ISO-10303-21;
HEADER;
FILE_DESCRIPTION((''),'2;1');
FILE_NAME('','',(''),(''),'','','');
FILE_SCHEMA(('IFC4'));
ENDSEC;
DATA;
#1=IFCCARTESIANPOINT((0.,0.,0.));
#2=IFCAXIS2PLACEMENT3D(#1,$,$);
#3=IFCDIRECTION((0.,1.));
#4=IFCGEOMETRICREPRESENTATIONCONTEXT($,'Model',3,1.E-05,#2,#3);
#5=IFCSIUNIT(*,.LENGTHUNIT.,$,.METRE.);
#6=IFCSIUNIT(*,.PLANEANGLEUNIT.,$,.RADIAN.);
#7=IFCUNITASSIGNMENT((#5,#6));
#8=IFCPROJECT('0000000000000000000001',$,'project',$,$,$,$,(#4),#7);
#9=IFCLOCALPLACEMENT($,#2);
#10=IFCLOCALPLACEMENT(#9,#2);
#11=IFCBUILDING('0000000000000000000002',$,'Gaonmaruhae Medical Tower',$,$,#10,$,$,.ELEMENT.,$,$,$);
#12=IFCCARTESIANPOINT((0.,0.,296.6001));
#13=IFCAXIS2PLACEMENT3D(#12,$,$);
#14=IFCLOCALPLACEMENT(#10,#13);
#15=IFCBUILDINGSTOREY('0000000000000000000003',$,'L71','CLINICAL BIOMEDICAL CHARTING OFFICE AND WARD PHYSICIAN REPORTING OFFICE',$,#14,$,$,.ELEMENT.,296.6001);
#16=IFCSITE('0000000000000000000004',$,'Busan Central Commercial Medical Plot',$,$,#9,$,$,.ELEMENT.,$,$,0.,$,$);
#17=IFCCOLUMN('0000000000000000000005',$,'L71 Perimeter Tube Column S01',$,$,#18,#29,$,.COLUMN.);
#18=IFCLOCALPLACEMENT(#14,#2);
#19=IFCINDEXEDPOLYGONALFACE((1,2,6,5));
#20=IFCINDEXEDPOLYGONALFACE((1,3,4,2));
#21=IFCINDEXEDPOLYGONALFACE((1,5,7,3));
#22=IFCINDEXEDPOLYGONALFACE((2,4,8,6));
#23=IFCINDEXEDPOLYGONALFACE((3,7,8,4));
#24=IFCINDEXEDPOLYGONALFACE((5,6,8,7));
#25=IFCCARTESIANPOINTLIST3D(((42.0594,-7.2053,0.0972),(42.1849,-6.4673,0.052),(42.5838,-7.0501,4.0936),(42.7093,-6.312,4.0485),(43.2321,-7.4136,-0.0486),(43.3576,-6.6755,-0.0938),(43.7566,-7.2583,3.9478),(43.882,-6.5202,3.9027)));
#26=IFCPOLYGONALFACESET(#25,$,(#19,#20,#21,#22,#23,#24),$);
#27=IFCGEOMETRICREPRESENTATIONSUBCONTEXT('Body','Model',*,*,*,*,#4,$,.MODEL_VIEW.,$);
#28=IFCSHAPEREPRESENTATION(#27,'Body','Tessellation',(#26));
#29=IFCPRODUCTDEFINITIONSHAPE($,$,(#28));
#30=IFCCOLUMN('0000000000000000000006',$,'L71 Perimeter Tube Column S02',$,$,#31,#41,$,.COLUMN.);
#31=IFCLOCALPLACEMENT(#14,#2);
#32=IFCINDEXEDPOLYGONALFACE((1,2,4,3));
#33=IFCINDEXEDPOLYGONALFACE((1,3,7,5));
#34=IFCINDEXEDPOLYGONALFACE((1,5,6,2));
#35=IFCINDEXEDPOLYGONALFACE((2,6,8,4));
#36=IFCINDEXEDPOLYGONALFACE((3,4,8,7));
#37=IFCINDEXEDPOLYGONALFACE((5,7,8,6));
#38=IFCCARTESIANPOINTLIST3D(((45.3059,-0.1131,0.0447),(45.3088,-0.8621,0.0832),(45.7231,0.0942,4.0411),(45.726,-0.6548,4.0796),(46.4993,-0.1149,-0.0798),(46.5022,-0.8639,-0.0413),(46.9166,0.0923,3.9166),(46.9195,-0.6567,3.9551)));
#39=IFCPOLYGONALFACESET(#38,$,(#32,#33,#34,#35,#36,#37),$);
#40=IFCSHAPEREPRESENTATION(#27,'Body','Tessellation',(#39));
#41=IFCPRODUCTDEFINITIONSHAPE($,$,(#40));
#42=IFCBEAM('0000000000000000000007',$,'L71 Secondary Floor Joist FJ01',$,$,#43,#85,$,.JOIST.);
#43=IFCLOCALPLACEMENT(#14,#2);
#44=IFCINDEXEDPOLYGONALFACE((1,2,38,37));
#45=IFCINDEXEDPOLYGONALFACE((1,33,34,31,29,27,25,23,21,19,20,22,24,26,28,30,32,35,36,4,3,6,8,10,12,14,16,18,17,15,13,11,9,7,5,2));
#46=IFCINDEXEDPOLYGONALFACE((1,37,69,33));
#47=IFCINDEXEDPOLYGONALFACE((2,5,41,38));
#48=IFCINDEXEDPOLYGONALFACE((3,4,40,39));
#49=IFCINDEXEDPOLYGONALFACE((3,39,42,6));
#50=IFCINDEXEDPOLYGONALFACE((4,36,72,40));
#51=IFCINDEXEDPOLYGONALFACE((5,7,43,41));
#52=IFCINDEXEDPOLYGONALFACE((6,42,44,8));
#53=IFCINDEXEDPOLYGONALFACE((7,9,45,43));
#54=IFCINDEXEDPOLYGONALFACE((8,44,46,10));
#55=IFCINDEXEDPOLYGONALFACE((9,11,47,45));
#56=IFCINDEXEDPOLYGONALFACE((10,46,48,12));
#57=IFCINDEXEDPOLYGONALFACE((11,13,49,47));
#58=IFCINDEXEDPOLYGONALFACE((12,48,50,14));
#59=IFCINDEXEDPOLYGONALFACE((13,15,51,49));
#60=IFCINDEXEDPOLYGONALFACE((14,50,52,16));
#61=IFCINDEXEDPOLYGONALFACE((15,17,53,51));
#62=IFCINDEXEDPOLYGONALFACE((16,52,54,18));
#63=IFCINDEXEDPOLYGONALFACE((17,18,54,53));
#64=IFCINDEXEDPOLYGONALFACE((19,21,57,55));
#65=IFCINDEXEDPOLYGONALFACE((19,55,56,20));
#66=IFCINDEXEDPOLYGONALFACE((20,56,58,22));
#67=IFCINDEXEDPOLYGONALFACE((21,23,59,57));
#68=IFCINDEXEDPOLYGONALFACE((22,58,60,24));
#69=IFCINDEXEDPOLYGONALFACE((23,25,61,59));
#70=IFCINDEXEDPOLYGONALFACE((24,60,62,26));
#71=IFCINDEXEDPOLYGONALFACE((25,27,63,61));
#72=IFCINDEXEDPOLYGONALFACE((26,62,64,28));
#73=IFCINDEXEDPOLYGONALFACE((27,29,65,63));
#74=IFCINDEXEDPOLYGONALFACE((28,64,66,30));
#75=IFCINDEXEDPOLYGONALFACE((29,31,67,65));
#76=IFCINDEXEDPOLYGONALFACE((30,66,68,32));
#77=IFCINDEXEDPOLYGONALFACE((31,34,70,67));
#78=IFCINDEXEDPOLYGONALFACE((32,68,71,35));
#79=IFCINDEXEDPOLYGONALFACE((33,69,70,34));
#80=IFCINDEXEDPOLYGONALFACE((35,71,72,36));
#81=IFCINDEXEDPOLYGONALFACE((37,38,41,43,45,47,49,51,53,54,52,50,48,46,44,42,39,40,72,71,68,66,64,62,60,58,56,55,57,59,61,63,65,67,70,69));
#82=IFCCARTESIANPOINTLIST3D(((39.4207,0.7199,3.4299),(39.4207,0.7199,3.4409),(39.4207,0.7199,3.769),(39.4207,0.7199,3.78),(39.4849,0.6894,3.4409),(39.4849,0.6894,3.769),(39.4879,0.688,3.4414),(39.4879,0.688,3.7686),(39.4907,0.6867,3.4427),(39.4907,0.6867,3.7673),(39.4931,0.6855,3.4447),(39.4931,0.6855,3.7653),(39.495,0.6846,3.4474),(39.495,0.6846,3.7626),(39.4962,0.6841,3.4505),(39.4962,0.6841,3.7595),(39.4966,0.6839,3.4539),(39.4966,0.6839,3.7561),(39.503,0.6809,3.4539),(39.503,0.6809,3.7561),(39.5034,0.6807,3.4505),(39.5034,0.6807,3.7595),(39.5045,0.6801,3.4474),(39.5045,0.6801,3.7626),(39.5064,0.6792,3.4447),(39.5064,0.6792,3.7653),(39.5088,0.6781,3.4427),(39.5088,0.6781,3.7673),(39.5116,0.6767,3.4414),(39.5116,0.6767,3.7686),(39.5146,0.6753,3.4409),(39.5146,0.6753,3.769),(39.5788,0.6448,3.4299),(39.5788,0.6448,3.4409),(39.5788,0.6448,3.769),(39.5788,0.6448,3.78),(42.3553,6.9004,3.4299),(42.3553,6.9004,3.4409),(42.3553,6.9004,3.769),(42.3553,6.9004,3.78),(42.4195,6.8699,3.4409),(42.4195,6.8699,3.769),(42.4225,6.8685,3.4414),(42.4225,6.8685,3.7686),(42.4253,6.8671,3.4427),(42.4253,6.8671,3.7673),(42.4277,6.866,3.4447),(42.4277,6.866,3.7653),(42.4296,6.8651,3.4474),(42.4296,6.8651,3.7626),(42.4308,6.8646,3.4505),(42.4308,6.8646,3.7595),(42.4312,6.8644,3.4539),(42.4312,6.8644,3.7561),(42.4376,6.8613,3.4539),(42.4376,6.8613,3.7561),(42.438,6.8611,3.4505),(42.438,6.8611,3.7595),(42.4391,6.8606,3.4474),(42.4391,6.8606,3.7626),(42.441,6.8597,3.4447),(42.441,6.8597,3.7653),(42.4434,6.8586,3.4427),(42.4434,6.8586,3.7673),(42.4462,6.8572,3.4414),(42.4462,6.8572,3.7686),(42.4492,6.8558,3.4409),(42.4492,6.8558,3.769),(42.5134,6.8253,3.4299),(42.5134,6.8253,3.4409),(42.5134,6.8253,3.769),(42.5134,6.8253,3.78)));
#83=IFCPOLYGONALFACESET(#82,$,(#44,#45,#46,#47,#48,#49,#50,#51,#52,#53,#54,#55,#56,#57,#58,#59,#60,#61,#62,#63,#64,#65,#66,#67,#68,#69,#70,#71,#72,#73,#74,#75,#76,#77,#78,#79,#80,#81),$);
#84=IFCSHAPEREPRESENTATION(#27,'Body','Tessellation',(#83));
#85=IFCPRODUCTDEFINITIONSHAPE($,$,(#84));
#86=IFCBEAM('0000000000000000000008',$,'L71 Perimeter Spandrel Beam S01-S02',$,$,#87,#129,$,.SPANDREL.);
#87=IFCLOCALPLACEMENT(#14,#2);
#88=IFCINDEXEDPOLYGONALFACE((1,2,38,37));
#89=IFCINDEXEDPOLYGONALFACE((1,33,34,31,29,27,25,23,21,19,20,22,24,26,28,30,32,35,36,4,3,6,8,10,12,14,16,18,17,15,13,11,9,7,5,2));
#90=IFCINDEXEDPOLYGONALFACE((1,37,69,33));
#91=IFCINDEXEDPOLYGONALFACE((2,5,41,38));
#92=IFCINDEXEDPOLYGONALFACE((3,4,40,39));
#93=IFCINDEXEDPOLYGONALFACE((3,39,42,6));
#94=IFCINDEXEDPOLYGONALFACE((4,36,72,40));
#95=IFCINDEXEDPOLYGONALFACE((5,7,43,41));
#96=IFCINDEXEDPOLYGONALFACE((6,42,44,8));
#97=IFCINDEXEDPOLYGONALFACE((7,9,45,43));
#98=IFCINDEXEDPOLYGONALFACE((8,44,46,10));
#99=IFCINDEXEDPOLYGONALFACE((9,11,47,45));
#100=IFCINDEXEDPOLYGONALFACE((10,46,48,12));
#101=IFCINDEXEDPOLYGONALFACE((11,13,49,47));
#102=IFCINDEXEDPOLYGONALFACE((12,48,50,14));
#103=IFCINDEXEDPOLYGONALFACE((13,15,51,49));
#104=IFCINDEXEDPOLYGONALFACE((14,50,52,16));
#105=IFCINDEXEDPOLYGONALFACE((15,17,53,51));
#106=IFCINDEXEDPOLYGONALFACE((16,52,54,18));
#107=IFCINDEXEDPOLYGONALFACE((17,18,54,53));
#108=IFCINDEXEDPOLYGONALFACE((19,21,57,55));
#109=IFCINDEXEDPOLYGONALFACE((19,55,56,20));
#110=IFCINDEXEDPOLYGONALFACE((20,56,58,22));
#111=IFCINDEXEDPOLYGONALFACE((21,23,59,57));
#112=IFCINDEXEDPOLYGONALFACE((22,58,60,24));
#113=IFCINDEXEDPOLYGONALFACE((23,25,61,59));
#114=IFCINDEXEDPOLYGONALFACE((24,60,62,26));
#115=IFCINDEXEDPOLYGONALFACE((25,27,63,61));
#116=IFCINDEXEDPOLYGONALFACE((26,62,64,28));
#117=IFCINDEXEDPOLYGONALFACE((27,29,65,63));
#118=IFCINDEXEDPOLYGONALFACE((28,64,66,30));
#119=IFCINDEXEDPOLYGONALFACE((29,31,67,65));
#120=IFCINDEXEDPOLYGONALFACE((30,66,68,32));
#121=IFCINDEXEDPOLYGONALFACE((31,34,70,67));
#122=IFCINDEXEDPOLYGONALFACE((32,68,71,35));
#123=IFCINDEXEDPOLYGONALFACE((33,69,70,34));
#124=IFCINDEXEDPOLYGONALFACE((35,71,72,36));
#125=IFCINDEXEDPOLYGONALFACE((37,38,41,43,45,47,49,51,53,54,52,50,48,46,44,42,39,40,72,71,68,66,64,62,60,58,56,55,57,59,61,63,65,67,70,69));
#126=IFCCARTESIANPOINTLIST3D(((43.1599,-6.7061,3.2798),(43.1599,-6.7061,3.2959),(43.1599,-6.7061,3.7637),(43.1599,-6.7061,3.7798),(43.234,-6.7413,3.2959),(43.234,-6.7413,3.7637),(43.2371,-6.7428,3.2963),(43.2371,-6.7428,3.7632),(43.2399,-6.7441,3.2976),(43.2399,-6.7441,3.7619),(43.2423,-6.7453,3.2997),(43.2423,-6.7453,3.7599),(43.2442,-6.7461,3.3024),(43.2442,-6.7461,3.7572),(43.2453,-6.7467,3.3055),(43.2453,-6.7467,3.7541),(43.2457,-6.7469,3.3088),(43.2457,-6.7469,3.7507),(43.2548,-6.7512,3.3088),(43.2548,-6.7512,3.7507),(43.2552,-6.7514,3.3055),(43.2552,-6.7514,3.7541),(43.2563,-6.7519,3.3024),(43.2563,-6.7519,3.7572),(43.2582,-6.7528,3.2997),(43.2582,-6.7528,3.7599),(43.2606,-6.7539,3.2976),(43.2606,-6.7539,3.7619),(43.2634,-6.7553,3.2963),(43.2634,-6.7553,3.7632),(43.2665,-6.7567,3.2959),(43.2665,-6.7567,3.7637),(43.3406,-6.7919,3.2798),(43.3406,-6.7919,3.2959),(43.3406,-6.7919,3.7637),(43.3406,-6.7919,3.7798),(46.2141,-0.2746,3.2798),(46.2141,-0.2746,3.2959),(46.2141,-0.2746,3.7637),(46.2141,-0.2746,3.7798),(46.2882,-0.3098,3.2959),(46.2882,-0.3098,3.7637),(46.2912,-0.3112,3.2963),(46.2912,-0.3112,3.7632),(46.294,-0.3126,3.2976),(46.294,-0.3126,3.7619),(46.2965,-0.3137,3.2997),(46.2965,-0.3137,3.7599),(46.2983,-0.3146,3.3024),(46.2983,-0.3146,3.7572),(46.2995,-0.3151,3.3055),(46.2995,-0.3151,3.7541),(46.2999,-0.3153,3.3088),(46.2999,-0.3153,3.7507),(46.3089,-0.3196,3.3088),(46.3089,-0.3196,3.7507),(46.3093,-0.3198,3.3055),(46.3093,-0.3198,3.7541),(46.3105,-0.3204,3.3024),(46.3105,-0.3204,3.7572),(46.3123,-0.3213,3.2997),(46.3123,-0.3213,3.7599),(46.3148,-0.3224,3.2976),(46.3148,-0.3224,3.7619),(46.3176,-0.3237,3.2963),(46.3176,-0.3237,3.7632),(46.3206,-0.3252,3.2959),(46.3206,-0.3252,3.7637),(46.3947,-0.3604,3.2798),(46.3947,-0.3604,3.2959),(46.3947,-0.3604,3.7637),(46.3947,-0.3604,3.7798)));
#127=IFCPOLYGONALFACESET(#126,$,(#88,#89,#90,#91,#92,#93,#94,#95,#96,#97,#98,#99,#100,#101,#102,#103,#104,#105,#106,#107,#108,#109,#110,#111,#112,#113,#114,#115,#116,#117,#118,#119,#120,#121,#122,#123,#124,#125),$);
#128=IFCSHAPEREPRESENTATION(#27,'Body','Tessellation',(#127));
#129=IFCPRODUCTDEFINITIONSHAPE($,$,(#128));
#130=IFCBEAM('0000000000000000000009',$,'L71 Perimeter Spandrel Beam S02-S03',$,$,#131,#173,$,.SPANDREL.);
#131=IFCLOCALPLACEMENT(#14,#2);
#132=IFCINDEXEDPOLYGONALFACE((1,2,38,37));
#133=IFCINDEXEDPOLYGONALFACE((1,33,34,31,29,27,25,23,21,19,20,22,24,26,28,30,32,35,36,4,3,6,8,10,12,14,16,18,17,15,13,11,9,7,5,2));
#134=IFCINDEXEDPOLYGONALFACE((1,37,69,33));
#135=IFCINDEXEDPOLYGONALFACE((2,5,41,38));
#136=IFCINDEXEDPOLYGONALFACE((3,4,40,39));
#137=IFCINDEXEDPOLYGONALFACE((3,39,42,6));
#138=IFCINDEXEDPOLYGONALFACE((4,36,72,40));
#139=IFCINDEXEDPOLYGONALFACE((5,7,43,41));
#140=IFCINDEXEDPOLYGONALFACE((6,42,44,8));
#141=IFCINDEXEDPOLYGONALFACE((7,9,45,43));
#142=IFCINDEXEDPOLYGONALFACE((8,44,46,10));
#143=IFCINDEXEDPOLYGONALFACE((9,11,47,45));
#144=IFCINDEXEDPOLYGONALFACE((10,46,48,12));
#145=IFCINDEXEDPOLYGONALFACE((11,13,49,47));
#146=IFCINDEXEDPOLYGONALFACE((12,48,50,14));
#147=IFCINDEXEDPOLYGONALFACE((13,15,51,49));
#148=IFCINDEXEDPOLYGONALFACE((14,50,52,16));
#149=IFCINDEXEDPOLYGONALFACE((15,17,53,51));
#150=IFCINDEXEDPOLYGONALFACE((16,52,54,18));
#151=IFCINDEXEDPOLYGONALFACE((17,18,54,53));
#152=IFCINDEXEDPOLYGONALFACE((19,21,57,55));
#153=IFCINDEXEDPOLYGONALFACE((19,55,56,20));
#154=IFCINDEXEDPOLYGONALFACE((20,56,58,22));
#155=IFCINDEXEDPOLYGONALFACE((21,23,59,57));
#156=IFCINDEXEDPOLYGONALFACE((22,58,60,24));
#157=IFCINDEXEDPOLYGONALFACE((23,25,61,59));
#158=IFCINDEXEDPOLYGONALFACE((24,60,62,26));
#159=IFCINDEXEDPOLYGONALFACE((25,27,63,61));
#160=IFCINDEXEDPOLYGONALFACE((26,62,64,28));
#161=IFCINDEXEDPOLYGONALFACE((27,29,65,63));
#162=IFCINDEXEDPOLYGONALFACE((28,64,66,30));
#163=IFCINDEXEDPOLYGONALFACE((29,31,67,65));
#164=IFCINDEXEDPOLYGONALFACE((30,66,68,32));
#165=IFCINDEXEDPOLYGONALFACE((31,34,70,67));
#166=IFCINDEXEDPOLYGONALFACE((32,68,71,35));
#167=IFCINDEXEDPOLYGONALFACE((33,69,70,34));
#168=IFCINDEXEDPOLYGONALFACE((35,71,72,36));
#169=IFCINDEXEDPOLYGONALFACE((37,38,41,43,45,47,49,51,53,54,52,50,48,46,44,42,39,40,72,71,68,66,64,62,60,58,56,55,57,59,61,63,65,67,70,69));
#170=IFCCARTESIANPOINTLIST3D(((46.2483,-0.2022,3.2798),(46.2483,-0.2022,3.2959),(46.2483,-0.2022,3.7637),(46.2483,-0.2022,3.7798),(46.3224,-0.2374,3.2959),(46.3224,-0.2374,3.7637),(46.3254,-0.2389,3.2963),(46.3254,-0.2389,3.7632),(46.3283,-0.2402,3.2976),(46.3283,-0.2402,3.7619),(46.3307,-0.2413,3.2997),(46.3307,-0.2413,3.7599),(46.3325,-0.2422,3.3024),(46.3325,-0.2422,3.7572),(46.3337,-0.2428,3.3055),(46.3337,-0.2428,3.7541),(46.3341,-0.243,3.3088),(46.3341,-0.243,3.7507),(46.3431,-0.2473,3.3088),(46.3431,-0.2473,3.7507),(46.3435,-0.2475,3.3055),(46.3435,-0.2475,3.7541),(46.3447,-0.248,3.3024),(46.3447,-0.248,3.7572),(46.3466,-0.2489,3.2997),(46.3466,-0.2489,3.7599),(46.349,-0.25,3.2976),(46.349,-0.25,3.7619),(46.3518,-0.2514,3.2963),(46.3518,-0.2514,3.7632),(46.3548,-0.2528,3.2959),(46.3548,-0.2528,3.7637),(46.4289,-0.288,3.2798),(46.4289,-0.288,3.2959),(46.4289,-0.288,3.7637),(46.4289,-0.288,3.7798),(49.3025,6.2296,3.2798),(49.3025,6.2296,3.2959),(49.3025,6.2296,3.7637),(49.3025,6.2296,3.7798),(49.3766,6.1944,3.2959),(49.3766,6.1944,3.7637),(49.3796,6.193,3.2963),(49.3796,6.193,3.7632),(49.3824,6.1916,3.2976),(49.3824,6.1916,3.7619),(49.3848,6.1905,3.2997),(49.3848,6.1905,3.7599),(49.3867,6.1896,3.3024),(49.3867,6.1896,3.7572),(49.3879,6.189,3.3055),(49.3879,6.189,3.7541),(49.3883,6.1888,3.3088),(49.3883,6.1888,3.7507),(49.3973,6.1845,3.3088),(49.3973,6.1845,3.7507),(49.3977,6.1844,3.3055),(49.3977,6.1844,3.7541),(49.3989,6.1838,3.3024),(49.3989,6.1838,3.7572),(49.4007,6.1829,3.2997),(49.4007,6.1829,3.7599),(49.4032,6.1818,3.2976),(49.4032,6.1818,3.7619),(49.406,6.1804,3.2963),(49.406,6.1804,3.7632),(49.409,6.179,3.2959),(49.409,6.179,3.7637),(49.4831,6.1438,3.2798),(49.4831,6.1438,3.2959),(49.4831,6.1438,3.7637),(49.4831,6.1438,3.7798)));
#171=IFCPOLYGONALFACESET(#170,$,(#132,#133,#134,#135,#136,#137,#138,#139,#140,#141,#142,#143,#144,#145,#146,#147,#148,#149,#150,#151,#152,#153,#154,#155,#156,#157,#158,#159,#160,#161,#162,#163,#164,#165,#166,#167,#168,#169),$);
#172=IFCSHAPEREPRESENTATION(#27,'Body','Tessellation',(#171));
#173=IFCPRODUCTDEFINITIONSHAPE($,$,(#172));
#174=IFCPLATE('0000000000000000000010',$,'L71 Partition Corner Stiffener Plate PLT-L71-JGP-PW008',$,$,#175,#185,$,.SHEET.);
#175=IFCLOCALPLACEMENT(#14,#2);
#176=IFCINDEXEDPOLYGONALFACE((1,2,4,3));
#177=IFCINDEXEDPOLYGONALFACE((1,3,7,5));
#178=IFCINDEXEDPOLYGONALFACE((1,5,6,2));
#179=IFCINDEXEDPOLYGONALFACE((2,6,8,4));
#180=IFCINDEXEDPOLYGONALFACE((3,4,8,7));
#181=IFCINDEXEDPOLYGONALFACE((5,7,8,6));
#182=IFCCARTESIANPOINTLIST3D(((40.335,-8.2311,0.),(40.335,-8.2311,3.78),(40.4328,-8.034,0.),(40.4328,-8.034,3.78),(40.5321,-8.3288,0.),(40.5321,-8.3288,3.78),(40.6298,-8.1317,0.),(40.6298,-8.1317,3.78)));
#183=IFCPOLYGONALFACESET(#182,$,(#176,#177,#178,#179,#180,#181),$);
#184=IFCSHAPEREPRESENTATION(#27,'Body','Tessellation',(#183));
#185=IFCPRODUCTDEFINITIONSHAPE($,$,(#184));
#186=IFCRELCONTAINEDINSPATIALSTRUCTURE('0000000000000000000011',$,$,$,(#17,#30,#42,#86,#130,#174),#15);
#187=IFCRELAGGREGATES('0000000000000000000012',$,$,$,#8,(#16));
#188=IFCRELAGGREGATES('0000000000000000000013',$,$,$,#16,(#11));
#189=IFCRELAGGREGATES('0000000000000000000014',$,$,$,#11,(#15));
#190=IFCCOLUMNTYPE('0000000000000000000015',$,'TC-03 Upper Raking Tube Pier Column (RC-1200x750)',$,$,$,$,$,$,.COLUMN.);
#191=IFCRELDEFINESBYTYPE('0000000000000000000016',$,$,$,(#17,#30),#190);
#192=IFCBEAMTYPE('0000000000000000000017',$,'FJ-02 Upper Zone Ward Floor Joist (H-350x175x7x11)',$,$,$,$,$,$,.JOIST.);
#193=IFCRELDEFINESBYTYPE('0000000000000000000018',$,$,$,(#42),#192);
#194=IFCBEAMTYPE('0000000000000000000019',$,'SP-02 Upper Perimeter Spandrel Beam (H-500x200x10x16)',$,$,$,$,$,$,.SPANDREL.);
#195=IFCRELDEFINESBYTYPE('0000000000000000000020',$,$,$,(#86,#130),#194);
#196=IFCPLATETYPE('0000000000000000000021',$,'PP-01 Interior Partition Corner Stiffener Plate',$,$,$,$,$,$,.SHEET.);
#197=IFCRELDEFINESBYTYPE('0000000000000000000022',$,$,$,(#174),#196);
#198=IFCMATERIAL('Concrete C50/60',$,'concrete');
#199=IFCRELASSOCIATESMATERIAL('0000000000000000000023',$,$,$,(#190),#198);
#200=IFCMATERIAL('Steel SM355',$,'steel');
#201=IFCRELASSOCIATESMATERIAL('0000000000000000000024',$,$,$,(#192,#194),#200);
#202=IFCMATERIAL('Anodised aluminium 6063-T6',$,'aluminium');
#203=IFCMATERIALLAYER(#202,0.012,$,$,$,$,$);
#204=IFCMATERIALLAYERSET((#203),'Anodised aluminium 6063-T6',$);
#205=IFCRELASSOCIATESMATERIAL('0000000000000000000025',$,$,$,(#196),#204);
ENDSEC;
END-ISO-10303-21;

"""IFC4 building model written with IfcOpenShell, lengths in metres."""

from ifc_helpers import new_model, si_unit, direction, frame, origin, origin_2d, place, context, subcontext, project, spatial, rectangle, i_section, extrude, material, layer, layer_set, material_profile, profile_set, type_object, element, save


model = new_model("IFC4")

# Units and contexts
model_context = context("Model", 3, precision=1e-05, world=origin(), true_north=direction((0.0, 1.0)))
body_context = subcontext(model_context, "Body", "Model", "MODEL_VIEW")
ifc_project = project(units=[si_unit("LENGTHUNIT", "METRE"), si_unit("PLANEANGLEUNIT", "RADIAN")], contexts=[model_context])

# Site, building, storey
site_placement = place(None, origin())
site = spatial("IfcSite", under=ifc_project, at=site_placement, Name="Busan Central Commercial Medical Plot", CompositionType="ELEMENT", RefElevation=0.0)
building_placement = place(site_placement, origin())
building = spatial("IfcBuilding", under=site, at=building_placement, Name="Gaonmaruhae Medical Tower", CompositionType="ELEMENT")
storey_placement = place(building_placement, frame((0.0, 0.0, 296.6001)))
storey = spatial("IfcBuildingStorey", under=building, at=storey_placement, Name="L71", Description="CLINICAL BIOMEDICAL CHARTING OFFICE AND WARD PHYSICIAN REPORTING OFFICE", CompositionType="ELEMENT", Elevation=296.6001)

# Columns
ifc_material_1 = material(Name="Concrete C50/60", Category="concrete")
ifc_material_profile_1 = material_profile(ifc_material_1, rectangle(XDim=1.2, YDim=0.75, at=origin_2d()), Name="RC-1200x750")
ifc_profile_set_1 = profile_set([ifc_material_profile_1], Name="Concrete C50/60")
column_type = type_object("IfcColumnType", Name="TC-03 Upper Raking Tube Pier Column (RC-1200x750)", PredefinedType="COLUMN", material=ifc_profile_set_1)
column_1_placement = place(storey_placement, frame((42.7085, -6.9404, 0.0017), z_axis=(0.130012, 0.038495, 0.990765), x_axis=(-0.977304, 0.173531, 0.121503)))
element("IfcColumn", 1, at=column_1_placement, inside=storey, type_object=column_type, Name="L71 Perimeter Tube Column S01", PredefinedType="COLUMN", context=body_context, shape_type="SweptSolid", body=[
    extrude(rectangle(XDim=1.2, YDim=0.75, at=origin_2d()), origin(), (0.0, 0.0, 1.0), 4.0337),
])
column_2_placement = place(storey_placement, frame((45.9041, -0.4885, 0.0017), z_axis=(0.103702, 0.051517, 0.993273), x_axis=(-0.994601, 0.001506, 0.103763)))
element("IfcColumn", 2, at=column_2_placement, inside=storey, type_object=column_type, Name="L71 Perimeter Tube Column S02", PredefinedType="COLUMN", context=body_context, shape_type="SweptSolid", body=[
    extrude(rectangle(XDim=1.2, YDim=0.75, at=origin_2d()), origin(), (0.0, 0.0, 1.0), 4.0234),
])

# Beams
ifc_material_2 = material(Name="Steel SM355", Category="steel")
ifc_material_profile_2 = material_profile(ifc_material_2, i_section(OverallWidth=0.175, OverallDepth=0.3501, WebThickness=0.0071, FlangeThickness=0.011, FilletRadius=0.0129, at=origin_2d()), Name="H-350x175x7x11")
ifc_profile_set_2 = profile_set([ifc_material_profile_2], Name="Steel SM355")
beam_type_1 = type_object("IfcBeamType", Name="FJ-02 Upper Zone Ward Floor Joist (H-350x175x7x11)", PredefinedType="JOIST", material=ifc_profile_set_2)
beam_1_placement = place(storey_placement, frame((39.4998, 0.6824, 3.605), z_axis=(0.428922, 0.903341, 0.0), x_axis=(-0.903341, 0.428922, 0.0)))
element("IfcBeam", 3, at=beam_1_placement, inside=storey, type_object=beam_type_1, Name="L71 Secondary Floor Joist FJ01", PredefinedType="JOIST", context=body_context, shape_type="SweptSolid", body=[
    extrude(i_section(OverallWidth=0.175, OverallDepth=0.3501, WebThickness=0.0071, FlangeThickness=0.011, FilletRadius=0.0129, at=origin_2d()), origin(), (0.0, 0.0, 1.0), 6.8418),
])
ifc_material_profile_3 = material_profile(ifc_material_2, i_section(OverallWidth=0.2, OverallDepth=0.5, WebThickness=0.01, FlangeThickness=0.0161, FilletRadius=0.0129, at=origin_2d()), Name="H-500x200x10x16")
ifc_profile_set_3 = profile_set([ifc_material_profile_3], Name="Steel SM355")
beam_type_2 = type_object("IfcBeamType", Name="SP-02 Upper Perimeter Spandrel Beam (H-500x200x10x16)", PredefinedType="SPANDREL", material=ifc_profile_set_3)
beam_2_placement = place(storey_placement, frame((43.2502, -6.749, 3.5298), z_axis=(0.428962, 0.903323, 0.0), x_axis=(-0.903323, 0.428962, 0.0)))
element("IfcBeam", 4, at=beam_2_placement, inside=storey, type_object=beam_type_2, Name="L71 Perimeter Spandrel Beam S01-S02", PredefinedType="SPANDREL", context=body_context, shape_type="SweptSolid", body=[
    extrude(i_section(OverallWidth=0.2, OverallDepth=0.5, WebThickness=0.01, FlangeThickness=0.0161, FilletRadius=0.0129, at=origin_2d()), origin(), (0.0, 0.0, 1.0), 7.1199),
])
beam_3_placement = place(storey_placement, frame((46.3386, -0.2451, 3.5298), z_axis=(0.428948, 0.903329, 0.0), x_axis=(-0.903329, 0.428948, 0.0)))
element("IfcBeam", 5, at=beam_3_placement, inside=storey, type_object=beam_type_2, Name="L71 Perimeter Spandrel Beam S02-S03", PredefinedType="SPANDREL", context=body_context, shape_type="SweptSolid", body=[
    extrude(i_section(OverallWidth=0.2, OverallDepth=0.5, WebThickness=0.01, FlangeThickness=0.0161, FilletRadius=0.0129, at=origin_2d()), origin(), (0.0, 0.0, 1.0), 7.1201),
])

# Plate
ifc_material_3 = material(Name="Anodised aluminium 6063-T6", Category="aluminium")
ifc_layer_1 = layer(ifc_material_3, 0.012)
ifc_layer_set_1 = layer_set([ifc_layer_1], Name="Anodised aluminium 6063-T6")
plate_type = type_object("IfcPlateType", Name="PP-01 Interior Partition Corner Stiffener Plate", PredefinedType="SHEET", material=ifc_layer_set_1)
for number, where, z_axis, x_axis, name in (
    (6, (40.4824, -8.1814, 0.0), (0.0, 0.0, 1.0), (-0.895844, 0.444369, 0.0), "L71 Partition Corner Stiffener Plate PLT-L71-JGP-PW008"),
):
    element("IfcPlate", number, at=place(storey_placement, frame(where, z_axis=z_axis, x_axis=x_axis)), inside=storey, type_object=plate_type, Name=name, PredefinedType="SHEET", context=body_context, shape_type="SweptSolid", body=[
        extrude(rectangle(XDim=0.22, YDim=0.22, at=origin_2d()), origin(), (0.0, 0.0, 1.0), 3.78),
    ])

save(model, "model.ifc")
